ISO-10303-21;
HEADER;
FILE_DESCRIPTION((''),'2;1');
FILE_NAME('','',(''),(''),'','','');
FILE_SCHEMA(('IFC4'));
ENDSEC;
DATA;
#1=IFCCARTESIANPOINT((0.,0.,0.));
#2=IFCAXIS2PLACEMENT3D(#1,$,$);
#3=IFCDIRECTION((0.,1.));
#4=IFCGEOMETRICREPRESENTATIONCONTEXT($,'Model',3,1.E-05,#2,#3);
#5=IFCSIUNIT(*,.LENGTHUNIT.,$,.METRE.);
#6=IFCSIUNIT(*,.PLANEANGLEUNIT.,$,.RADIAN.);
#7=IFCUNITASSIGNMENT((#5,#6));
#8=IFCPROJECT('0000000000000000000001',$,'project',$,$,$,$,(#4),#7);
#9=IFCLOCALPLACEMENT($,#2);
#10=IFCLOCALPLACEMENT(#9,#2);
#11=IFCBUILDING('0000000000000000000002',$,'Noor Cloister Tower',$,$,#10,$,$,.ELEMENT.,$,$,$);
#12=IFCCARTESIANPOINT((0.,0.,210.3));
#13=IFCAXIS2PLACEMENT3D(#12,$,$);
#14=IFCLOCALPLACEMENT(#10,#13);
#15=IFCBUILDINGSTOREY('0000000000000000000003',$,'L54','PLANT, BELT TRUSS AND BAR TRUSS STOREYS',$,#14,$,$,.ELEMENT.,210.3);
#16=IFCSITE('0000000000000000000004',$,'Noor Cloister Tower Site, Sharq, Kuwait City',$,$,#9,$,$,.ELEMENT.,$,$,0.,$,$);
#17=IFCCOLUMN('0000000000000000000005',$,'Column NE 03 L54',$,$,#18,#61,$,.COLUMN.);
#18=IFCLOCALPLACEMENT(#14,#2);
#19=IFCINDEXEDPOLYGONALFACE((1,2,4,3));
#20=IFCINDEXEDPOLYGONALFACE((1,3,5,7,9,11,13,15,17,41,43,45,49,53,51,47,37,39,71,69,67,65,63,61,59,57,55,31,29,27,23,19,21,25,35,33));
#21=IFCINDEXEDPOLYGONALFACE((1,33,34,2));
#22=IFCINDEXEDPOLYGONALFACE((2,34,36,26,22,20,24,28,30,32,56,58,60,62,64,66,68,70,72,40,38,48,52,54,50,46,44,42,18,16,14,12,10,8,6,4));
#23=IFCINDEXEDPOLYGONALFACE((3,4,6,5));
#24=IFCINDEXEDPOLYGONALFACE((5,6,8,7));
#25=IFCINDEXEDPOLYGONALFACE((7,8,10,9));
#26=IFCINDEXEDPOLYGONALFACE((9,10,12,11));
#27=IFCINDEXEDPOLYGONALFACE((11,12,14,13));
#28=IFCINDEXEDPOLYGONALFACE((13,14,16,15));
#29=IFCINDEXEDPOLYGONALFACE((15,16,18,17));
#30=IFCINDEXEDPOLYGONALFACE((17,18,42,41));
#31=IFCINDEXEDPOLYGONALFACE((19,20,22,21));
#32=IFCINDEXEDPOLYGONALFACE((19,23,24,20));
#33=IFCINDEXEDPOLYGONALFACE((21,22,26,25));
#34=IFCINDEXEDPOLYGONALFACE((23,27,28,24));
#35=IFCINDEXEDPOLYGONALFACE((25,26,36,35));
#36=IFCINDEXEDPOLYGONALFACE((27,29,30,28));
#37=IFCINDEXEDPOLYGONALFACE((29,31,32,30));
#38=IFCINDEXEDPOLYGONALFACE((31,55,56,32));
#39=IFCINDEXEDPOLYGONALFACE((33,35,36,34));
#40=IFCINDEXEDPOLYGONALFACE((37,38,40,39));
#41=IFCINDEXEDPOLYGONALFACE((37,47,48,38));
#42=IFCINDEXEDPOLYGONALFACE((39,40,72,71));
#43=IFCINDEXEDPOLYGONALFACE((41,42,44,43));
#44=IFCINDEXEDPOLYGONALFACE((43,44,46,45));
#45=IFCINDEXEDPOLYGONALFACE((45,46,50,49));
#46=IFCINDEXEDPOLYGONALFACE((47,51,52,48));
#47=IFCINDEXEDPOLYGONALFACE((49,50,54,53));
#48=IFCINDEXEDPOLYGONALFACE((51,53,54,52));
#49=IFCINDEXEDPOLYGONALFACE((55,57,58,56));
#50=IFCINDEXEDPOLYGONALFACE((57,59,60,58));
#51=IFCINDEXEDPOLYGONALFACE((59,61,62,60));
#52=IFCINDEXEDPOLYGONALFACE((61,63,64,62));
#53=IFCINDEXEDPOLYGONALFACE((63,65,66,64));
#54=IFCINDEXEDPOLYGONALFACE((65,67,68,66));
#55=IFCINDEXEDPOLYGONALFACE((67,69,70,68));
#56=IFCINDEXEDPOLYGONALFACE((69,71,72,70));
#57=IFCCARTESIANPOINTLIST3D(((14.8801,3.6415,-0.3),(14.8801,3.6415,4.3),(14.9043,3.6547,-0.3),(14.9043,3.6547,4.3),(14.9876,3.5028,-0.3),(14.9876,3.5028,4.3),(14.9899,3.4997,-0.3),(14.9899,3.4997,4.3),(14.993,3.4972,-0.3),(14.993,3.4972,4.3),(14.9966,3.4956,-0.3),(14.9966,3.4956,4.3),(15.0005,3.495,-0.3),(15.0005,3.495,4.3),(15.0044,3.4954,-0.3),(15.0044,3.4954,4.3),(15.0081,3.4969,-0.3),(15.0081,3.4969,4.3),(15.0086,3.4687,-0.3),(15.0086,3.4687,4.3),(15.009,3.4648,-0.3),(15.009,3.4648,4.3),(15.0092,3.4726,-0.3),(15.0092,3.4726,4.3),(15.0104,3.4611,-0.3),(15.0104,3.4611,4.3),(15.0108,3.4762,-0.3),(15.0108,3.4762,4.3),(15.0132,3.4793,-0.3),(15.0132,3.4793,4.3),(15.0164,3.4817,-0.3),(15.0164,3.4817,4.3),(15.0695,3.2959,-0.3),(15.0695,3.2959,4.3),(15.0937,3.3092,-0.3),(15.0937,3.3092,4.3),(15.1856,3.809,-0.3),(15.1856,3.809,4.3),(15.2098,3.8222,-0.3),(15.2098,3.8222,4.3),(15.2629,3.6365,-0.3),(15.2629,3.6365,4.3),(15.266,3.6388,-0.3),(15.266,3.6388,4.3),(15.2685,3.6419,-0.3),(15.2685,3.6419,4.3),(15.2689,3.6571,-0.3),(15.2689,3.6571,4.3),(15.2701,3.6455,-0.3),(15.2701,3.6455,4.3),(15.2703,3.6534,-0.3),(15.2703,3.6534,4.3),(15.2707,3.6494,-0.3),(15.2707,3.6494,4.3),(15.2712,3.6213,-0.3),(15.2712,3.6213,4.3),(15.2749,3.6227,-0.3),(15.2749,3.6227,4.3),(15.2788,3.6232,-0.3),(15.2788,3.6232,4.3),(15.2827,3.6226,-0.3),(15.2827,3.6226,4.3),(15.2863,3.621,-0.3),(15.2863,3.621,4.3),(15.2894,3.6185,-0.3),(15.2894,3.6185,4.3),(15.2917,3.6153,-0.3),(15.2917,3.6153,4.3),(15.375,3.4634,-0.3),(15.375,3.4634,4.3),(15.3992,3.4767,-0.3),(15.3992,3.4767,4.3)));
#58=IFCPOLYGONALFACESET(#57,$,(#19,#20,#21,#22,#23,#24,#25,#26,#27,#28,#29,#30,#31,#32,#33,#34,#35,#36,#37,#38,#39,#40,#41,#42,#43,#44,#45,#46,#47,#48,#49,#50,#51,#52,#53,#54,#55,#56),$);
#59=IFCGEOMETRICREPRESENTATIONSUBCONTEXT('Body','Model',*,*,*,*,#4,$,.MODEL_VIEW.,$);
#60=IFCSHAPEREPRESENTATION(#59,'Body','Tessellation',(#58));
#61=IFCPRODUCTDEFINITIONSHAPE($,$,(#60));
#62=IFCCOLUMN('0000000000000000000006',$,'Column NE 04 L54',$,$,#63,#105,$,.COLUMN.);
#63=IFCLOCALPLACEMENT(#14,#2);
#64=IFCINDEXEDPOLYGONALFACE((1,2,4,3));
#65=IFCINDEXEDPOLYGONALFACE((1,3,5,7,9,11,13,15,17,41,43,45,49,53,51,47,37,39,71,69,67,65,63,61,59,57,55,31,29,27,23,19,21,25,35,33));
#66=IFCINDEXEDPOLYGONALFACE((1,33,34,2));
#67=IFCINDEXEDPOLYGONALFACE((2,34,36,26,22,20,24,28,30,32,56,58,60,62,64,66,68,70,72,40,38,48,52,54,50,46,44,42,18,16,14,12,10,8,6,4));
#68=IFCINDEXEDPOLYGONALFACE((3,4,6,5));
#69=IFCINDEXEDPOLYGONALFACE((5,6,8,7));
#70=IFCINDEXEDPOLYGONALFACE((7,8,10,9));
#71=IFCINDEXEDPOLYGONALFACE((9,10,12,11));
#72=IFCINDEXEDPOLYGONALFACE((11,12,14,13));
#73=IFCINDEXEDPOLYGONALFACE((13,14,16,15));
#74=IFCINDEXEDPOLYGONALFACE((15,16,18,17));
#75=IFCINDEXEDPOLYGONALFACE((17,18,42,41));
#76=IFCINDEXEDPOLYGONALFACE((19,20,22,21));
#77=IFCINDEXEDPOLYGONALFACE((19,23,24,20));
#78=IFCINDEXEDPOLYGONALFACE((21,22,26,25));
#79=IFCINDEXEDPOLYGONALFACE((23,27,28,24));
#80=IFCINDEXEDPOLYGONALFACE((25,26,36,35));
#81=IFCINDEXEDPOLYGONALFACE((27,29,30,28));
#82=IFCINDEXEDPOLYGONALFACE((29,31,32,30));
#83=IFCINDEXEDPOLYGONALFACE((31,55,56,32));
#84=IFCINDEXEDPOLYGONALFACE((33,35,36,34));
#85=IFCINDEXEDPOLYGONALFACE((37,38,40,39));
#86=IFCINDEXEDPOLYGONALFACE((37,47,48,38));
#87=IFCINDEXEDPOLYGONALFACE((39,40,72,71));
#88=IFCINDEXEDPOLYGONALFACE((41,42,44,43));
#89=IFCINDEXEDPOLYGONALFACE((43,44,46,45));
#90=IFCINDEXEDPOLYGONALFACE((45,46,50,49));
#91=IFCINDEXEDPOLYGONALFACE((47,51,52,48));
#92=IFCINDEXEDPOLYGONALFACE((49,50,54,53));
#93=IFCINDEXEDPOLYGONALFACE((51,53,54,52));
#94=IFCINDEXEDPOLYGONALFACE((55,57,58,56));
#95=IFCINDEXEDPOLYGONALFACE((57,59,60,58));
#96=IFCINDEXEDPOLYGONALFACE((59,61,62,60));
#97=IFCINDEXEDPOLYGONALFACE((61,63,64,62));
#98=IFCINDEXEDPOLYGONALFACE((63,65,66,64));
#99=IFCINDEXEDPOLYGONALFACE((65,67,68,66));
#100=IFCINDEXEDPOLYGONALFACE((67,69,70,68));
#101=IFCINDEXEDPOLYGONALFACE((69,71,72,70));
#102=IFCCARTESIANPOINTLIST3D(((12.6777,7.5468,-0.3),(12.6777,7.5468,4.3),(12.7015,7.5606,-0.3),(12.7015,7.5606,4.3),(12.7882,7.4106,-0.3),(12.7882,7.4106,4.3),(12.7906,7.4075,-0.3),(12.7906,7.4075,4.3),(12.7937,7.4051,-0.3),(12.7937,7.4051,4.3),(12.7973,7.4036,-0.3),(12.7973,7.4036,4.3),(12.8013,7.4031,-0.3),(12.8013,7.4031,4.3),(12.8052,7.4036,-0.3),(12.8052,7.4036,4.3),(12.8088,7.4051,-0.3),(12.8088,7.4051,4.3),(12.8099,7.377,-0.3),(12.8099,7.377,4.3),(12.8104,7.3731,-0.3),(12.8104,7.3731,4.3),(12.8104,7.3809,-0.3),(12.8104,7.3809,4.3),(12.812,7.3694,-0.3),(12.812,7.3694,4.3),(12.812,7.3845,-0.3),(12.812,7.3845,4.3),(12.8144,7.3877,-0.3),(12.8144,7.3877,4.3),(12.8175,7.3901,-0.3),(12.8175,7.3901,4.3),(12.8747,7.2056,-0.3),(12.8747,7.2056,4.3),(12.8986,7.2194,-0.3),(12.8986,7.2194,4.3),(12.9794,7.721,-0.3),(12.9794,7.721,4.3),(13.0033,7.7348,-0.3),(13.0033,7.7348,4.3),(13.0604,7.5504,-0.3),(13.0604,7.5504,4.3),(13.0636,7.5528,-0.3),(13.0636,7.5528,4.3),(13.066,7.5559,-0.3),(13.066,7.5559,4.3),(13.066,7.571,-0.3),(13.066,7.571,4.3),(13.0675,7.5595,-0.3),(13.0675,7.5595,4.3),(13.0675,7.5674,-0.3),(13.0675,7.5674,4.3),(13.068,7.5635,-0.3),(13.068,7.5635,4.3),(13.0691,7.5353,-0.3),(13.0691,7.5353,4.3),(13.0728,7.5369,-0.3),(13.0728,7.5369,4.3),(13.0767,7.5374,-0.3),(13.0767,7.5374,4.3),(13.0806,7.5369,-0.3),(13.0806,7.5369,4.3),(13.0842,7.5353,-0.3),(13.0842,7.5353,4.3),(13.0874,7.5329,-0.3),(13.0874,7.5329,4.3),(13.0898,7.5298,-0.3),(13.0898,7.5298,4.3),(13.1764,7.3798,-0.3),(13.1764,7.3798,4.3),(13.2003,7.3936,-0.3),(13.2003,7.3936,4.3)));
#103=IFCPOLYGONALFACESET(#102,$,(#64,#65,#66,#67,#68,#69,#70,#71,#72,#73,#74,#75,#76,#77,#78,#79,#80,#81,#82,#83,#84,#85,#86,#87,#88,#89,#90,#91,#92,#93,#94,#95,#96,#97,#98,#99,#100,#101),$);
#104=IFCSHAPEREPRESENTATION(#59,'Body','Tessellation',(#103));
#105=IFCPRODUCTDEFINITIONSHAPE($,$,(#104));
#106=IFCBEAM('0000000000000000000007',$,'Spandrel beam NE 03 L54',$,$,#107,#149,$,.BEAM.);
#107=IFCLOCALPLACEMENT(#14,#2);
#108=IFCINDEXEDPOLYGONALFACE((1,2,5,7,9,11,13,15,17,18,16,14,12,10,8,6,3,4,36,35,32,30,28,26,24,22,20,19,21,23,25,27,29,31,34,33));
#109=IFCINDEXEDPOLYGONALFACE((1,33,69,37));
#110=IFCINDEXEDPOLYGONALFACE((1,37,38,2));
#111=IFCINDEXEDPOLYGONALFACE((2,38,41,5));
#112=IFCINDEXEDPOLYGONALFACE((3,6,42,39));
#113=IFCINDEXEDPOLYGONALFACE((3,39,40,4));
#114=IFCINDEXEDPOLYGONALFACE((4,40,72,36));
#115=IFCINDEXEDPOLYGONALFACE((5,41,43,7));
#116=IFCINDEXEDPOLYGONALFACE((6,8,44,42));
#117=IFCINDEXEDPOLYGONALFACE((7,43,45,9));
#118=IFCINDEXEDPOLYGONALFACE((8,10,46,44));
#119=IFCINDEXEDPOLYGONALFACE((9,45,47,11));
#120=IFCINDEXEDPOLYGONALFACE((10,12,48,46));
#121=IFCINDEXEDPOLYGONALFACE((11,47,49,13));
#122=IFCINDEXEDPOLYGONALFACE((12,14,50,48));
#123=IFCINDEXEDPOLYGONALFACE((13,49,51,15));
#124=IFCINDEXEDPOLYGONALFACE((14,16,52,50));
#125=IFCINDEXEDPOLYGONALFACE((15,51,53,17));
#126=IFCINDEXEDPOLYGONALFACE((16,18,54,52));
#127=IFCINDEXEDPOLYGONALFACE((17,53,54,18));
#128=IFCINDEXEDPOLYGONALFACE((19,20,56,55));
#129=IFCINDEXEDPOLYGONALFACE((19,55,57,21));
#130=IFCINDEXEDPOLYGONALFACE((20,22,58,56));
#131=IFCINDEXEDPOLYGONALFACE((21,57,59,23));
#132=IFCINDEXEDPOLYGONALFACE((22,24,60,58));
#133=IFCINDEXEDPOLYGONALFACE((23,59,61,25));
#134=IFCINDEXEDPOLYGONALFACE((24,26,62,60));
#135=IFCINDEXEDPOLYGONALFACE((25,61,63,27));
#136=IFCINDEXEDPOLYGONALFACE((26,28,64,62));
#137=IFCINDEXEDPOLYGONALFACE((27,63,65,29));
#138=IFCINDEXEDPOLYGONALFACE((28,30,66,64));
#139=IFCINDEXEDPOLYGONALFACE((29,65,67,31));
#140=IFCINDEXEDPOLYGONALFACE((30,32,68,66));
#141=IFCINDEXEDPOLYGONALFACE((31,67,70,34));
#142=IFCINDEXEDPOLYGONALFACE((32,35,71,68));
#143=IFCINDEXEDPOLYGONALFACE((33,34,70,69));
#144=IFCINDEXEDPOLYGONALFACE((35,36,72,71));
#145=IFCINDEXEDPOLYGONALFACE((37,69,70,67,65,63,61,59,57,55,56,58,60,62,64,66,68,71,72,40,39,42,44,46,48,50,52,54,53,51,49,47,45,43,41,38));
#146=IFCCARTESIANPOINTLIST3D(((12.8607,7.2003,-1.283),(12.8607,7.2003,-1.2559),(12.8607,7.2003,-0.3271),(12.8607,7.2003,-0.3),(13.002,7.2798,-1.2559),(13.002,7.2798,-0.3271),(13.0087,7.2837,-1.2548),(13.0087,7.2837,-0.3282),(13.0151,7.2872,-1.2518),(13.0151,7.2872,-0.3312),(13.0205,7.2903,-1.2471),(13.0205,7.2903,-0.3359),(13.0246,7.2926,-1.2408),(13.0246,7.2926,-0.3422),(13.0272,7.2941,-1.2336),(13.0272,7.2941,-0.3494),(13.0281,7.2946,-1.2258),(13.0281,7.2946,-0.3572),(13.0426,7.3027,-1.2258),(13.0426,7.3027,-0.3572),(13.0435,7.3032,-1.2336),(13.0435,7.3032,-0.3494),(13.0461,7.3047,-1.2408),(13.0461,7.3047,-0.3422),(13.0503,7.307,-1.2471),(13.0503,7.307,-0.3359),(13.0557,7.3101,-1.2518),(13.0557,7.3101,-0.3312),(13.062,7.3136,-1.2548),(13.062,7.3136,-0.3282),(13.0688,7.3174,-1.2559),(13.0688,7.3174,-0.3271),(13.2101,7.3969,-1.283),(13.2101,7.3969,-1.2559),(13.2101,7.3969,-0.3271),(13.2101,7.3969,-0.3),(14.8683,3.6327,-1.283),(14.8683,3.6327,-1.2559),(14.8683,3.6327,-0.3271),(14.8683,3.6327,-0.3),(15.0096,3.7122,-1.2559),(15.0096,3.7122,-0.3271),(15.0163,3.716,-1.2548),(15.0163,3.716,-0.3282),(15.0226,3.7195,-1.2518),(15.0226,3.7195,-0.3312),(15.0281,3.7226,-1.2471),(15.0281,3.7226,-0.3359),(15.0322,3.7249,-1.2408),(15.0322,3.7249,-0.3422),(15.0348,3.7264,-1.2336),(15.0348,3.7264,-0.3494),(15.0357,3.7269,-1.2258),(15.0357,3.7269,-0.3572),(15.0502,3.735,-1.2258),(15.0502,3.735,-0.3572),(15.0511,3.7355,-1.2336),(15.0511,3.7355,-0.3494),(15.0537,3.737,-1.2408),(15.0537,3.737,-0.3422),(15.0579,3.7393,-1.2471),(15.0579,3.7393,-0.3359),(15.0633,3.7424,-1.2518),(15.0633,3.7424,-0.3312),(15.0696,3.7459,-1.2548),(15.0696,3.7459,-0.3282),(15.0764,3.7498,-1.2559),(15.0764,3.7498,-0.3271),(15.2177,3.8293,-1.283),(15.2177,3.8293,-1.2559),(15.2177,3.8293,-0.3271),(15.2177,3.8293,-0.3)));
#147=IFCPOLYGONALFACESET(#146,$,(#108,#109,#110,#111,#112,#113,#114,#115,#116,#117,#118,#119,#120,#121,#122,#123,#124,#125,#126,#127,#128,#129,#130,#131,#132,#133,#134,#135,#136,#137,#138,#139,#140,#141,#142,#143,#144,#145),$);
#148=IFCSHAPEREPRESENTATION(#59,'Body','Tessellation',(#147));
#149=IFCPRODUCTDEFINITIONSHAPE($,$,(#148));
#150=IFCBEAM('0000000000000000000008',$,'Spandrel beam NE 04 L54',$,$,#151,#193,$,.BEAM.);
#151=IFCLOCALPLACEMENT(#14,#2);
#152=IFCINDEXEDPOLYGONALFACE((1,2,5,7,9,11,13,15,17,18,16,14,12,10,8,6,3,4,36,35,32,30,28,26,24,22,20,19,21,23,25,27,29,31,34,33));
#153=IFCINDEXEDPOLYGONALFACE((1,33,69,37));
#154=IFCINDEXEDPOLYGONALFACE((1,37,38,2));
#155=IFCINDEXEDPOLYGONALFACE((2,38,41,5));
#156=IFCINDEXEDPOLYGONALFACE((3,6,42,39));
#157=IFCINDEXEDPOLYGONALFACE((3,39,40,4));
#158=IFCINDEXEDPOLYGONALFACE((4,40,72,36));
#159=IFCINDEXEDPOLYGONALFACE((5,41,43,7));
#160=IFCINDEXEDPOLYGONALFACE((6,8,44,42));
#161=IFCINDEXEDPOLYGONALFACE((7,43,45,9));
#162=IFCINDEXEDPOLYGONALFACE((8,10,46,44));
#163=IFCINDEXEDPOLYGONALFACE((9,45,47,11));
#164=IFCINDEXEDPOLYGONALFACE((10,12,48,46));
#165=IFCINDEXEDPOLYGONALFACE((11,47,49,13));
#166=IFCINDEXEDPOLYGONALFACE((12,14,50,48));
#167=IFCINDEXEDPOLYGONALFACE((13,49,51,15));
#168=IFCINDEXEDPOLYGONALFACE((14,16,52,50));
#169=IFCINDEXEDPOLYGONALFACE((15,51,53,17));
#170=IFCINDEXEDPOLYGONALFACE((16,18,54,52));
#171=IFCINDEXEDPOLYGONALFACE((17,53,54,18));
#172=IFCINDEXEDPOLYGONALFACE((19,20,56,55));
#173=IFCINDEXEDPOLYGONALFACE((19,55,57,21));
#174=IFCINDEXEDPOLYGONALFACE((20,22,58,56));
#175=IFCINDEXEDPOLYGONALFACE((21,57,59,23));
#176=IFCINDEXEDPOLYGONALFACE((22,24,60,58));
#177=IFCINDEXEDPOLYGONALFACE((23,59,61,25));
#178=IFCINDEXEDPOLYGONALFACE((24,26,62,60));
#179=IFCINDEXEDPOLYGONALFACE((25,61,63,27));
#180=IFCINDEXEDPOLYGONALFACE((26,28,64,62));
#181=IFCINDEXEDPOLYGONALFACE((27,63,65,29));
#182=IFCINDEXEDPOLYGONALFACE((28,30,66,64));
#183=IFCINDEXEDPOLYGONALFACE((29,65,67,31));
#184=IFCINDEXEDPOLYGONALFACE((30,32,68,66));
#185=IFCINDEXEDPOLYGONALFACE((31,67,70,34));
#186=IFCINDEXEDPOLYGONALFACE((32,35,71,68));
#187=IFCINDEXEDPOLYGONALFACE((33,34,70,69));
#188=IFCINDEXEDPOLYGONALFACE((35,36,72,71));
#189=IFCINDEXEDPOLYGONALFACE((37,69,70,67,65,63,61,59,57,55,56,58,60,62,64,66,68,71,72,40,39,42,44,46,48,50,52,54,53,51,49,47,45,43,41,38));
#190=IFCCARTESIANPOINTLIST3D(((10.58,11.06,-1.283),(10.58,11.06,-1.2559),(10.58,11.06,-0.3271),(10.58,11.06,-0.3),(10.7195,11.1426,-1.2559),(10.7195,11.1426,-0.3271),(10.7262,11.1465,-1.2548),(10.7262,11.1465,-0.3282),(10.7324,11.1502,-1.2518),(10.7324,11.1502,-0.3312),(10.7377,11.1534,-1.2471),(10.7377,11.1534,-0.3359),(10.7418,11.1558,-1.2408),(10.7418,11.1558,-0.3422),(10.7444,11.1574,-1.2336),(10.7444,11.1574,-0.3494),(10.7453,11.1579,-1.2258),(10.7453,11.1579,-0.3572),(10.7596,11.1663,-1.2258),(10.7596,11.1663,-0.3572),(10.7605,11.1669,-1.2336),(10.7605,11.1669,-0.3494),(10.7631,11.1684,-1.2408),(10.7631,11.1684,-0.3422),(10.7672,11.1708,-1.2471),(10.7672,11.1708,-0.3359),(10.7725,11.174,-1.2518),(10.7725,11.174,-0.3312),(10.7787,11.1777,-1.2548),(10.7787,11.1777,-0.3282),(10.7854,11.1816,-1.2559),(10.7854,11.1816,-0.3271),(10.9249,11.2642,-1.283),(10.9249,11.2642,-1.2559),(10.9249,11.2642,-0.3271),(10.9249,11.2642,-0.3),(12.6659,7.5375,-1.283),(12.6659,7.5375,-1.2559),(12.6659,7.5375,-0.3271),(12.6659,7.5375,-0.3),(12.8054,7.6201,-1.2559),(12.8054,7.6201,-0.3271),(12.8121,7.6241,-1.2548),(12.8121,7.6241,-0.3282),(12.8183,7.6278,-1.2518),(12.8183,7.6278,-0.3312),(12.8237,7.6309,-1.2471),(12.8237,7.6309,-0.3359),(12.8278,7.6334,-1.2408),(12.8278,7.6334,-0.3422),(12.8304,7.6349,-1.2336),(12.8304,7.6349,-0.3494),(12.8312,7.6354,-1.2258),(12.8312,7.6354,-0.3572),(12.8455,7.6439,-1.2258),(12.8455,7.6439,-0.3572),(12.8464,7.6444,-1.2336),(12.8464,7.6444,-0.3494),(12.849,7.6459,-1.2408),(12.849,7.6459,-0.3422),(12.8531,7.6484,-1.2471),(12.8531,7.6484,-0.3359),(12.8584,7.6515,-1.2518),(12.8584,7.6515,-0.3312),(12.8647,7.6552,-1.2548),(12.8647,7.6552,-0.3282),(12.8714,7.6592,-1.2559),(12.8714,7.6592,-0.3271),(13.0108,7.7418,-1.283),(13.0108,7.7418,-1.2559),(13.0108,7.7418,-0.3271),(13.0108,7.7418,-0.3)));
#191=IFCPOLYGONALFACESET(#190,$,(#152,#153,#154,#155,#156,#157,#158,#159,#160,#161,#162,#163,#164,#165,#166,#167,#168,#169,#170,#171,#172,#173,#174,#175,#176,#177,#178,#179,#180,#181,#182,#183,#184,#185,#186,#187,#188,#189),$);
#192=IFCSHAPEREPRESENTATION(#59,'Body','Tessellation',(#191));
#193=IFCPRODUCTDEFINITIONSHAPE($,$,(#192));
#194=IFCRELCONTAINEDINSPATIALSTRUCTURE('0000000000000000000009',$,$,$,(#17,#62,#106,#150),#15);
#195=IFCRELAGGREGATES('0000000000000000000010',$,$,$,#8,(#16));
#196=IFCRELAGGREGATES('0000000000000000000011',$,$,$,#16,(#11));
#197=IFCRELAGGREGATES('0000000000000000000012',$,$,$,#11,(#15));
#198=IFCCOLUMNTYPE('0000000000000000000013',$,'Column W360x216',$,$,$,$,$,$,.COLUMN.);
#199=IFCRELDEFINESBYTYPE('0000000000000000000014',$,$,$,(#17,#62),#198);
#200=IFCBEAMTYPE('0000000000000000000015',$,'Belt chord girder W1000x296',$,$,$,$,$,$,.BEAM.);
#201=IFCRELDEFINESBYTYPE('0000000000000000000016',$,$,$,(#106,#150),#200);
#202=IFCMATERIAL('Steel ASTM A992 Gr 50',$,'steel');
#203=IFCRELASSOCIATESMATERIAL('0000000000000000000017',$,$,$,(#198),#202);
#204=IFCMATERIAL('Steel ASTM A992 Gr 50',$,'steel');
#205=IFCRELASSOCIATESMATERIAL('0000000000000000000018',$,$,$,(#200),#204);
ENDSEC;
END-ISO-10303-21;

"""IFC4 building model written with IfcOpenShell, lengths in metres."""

from ifc_helpers import new_model, si_unit, direction, frame, origin, origin_2d, place, context, subcontext, project, spatial, i_section, extrude, material, material_profile, profile_set, type_object, element, save


model = new_model("IFC4")

# Units and contexts
model_context = context("Model", 3, precision=1e-05, world=origin(), true_north=direction((0.0, 1.0)))
body_context = subcontext(model_context, "Body", "Model", "MODEL_VIEW")
ifc_project = project(units=[si_unit("LENGTHUNIT", "METRE"), si_unit("PLANEANGLEUNIT", "RADIAN")], contexts=[model_context])

# Site, building, storey
site_placement = place(None, origin())
site = spatial("IfcSite", under=ifc_project, at=site_placement, Name="Noor Cloister Tower Site, Sharq, Kuwait City", CompositionType="ELEMENT", RefElevation=0.0)
building_placement = place(site_placement, origin())
building = spatial("IfcBuilding", under=site, at=building_placement, Name="Noor Cloister Tower", CompositionType="ELEMENT")
storey_placement = place(building_placement, frame((0.0, 0.0, 210.3)))
storey = spatial("IfcBuildingStorey", under=building, at=storey_placement, Name="L54", Description="PLANT, BELT TRUSS AND BAR TRUSS STOREYS", CompositionType="ELEMENT", Elevation=210.3)

# Columns
ifc_material_1 = material(Name="Steel ASTM A992 Gr 50", Category="steel")
ifc_material_profile_1 = material_profile(ifc_material_1, i_section(OverallWidth=0.394, OverallDepth=0.376, WebThickness=0.0173, FlangeThickness=0.0276, FilletRadius=0.0151, at=origin_2d()), Name="W360x216")
ifc_profile_set_1 = profile_set([ifc_material_profile_1], Name="Steel ASTM A992 Gr 50")
column_type = type_object("IfcColumnType", Name="Column W360x216", PredefinedType="COLUMN", material=ifc_profile_set_1)
for number, where, z_axis, x_axis, name in (
    (1, (15.1396, 3.5591, -0.3), (0.0, 0.0, 1.0), (-0.480711, 0.876879, 0.0), "Column NE 03 L54"),
    (2, (12.939, 7.4702, -0.3), (0.0, 0.0, 1.0), (-0.5, 0.866025, 0.0), "Column NE 04 L54"),
):
    element("IfcColumn", number, at=place(storey_placement, frame(where, z_axis=z_axis, x_axis=x_axis)), inside=storey, type_object=column_type, Name=name, PredefinedType="COLUMN", context=body_context, shape_type="SweptSolid", body=[
        extrude(i_section(OverallWidth=0.394, OverallDepth=0.376, WebThickness=0.0173, FlangeThickness=0.0276, FilletRadius=0.0151, at=origin_2d()), origin(), (0.0, 0.0, 1.0), 4.6001),
    ])

# Beams
ifc_material_2 = material(Name="Steel ASTM A992 Gr 50", Category="steel")
ifc_material_profile_2 = material_profile(ifc_material_2, i_section(OverallWidth=0.4009, OverallDepth=0.9829, WebThickness=0.0166, FlangeThickness=0.0271, FilletRadius=0.03, at=origin_2d()), Name="W1000x296")
ifc_profile_set_2 = profile_set([ifc_material_profile_2], Name="Steel ASTM A992 Gr 50")
beam_type_1 = type_object("IfcBeamType", Name="Belt chord girder W1000x296", PredefinedType="BEAM", material=ifc_profile_set_2)
for number, where, z_axis, x_axis, name in (
    (3, (15.043, 3.731, -0.7915), (-0.490406, 0.871494, 0.0), (-0.871494, -0.490406, 0.0), "Spandrel beam NE 03 L54"),
    (4, (12.8384, 7.6396, -0.7915), (-0.509541, 0.860446, 0.0), (-0.860446, -0.509541, 0.0), "Spandrel beam NE 04 L54"),
):
    element("IfcBeam", number, at=place(storey_placement, frame(where, z_axis=z_axis, x_axis=x_axis)), inside=storey, type_object=beam_type_1, Name=name, PredefinedType="BEAM", context=body_context, shape_type="SweptSolid", body=[
        extrude(i_section(OverallWidth=0.4009, OverallDepth=0.9829, WebThickness=0.0166, FlangeThickness=0.0271, FilletRadius=0.03, at=origin_2d()), origin(), (0.0, 0.0, 1.0), 4.0938),
    ])

save(model, "model.ifc")
